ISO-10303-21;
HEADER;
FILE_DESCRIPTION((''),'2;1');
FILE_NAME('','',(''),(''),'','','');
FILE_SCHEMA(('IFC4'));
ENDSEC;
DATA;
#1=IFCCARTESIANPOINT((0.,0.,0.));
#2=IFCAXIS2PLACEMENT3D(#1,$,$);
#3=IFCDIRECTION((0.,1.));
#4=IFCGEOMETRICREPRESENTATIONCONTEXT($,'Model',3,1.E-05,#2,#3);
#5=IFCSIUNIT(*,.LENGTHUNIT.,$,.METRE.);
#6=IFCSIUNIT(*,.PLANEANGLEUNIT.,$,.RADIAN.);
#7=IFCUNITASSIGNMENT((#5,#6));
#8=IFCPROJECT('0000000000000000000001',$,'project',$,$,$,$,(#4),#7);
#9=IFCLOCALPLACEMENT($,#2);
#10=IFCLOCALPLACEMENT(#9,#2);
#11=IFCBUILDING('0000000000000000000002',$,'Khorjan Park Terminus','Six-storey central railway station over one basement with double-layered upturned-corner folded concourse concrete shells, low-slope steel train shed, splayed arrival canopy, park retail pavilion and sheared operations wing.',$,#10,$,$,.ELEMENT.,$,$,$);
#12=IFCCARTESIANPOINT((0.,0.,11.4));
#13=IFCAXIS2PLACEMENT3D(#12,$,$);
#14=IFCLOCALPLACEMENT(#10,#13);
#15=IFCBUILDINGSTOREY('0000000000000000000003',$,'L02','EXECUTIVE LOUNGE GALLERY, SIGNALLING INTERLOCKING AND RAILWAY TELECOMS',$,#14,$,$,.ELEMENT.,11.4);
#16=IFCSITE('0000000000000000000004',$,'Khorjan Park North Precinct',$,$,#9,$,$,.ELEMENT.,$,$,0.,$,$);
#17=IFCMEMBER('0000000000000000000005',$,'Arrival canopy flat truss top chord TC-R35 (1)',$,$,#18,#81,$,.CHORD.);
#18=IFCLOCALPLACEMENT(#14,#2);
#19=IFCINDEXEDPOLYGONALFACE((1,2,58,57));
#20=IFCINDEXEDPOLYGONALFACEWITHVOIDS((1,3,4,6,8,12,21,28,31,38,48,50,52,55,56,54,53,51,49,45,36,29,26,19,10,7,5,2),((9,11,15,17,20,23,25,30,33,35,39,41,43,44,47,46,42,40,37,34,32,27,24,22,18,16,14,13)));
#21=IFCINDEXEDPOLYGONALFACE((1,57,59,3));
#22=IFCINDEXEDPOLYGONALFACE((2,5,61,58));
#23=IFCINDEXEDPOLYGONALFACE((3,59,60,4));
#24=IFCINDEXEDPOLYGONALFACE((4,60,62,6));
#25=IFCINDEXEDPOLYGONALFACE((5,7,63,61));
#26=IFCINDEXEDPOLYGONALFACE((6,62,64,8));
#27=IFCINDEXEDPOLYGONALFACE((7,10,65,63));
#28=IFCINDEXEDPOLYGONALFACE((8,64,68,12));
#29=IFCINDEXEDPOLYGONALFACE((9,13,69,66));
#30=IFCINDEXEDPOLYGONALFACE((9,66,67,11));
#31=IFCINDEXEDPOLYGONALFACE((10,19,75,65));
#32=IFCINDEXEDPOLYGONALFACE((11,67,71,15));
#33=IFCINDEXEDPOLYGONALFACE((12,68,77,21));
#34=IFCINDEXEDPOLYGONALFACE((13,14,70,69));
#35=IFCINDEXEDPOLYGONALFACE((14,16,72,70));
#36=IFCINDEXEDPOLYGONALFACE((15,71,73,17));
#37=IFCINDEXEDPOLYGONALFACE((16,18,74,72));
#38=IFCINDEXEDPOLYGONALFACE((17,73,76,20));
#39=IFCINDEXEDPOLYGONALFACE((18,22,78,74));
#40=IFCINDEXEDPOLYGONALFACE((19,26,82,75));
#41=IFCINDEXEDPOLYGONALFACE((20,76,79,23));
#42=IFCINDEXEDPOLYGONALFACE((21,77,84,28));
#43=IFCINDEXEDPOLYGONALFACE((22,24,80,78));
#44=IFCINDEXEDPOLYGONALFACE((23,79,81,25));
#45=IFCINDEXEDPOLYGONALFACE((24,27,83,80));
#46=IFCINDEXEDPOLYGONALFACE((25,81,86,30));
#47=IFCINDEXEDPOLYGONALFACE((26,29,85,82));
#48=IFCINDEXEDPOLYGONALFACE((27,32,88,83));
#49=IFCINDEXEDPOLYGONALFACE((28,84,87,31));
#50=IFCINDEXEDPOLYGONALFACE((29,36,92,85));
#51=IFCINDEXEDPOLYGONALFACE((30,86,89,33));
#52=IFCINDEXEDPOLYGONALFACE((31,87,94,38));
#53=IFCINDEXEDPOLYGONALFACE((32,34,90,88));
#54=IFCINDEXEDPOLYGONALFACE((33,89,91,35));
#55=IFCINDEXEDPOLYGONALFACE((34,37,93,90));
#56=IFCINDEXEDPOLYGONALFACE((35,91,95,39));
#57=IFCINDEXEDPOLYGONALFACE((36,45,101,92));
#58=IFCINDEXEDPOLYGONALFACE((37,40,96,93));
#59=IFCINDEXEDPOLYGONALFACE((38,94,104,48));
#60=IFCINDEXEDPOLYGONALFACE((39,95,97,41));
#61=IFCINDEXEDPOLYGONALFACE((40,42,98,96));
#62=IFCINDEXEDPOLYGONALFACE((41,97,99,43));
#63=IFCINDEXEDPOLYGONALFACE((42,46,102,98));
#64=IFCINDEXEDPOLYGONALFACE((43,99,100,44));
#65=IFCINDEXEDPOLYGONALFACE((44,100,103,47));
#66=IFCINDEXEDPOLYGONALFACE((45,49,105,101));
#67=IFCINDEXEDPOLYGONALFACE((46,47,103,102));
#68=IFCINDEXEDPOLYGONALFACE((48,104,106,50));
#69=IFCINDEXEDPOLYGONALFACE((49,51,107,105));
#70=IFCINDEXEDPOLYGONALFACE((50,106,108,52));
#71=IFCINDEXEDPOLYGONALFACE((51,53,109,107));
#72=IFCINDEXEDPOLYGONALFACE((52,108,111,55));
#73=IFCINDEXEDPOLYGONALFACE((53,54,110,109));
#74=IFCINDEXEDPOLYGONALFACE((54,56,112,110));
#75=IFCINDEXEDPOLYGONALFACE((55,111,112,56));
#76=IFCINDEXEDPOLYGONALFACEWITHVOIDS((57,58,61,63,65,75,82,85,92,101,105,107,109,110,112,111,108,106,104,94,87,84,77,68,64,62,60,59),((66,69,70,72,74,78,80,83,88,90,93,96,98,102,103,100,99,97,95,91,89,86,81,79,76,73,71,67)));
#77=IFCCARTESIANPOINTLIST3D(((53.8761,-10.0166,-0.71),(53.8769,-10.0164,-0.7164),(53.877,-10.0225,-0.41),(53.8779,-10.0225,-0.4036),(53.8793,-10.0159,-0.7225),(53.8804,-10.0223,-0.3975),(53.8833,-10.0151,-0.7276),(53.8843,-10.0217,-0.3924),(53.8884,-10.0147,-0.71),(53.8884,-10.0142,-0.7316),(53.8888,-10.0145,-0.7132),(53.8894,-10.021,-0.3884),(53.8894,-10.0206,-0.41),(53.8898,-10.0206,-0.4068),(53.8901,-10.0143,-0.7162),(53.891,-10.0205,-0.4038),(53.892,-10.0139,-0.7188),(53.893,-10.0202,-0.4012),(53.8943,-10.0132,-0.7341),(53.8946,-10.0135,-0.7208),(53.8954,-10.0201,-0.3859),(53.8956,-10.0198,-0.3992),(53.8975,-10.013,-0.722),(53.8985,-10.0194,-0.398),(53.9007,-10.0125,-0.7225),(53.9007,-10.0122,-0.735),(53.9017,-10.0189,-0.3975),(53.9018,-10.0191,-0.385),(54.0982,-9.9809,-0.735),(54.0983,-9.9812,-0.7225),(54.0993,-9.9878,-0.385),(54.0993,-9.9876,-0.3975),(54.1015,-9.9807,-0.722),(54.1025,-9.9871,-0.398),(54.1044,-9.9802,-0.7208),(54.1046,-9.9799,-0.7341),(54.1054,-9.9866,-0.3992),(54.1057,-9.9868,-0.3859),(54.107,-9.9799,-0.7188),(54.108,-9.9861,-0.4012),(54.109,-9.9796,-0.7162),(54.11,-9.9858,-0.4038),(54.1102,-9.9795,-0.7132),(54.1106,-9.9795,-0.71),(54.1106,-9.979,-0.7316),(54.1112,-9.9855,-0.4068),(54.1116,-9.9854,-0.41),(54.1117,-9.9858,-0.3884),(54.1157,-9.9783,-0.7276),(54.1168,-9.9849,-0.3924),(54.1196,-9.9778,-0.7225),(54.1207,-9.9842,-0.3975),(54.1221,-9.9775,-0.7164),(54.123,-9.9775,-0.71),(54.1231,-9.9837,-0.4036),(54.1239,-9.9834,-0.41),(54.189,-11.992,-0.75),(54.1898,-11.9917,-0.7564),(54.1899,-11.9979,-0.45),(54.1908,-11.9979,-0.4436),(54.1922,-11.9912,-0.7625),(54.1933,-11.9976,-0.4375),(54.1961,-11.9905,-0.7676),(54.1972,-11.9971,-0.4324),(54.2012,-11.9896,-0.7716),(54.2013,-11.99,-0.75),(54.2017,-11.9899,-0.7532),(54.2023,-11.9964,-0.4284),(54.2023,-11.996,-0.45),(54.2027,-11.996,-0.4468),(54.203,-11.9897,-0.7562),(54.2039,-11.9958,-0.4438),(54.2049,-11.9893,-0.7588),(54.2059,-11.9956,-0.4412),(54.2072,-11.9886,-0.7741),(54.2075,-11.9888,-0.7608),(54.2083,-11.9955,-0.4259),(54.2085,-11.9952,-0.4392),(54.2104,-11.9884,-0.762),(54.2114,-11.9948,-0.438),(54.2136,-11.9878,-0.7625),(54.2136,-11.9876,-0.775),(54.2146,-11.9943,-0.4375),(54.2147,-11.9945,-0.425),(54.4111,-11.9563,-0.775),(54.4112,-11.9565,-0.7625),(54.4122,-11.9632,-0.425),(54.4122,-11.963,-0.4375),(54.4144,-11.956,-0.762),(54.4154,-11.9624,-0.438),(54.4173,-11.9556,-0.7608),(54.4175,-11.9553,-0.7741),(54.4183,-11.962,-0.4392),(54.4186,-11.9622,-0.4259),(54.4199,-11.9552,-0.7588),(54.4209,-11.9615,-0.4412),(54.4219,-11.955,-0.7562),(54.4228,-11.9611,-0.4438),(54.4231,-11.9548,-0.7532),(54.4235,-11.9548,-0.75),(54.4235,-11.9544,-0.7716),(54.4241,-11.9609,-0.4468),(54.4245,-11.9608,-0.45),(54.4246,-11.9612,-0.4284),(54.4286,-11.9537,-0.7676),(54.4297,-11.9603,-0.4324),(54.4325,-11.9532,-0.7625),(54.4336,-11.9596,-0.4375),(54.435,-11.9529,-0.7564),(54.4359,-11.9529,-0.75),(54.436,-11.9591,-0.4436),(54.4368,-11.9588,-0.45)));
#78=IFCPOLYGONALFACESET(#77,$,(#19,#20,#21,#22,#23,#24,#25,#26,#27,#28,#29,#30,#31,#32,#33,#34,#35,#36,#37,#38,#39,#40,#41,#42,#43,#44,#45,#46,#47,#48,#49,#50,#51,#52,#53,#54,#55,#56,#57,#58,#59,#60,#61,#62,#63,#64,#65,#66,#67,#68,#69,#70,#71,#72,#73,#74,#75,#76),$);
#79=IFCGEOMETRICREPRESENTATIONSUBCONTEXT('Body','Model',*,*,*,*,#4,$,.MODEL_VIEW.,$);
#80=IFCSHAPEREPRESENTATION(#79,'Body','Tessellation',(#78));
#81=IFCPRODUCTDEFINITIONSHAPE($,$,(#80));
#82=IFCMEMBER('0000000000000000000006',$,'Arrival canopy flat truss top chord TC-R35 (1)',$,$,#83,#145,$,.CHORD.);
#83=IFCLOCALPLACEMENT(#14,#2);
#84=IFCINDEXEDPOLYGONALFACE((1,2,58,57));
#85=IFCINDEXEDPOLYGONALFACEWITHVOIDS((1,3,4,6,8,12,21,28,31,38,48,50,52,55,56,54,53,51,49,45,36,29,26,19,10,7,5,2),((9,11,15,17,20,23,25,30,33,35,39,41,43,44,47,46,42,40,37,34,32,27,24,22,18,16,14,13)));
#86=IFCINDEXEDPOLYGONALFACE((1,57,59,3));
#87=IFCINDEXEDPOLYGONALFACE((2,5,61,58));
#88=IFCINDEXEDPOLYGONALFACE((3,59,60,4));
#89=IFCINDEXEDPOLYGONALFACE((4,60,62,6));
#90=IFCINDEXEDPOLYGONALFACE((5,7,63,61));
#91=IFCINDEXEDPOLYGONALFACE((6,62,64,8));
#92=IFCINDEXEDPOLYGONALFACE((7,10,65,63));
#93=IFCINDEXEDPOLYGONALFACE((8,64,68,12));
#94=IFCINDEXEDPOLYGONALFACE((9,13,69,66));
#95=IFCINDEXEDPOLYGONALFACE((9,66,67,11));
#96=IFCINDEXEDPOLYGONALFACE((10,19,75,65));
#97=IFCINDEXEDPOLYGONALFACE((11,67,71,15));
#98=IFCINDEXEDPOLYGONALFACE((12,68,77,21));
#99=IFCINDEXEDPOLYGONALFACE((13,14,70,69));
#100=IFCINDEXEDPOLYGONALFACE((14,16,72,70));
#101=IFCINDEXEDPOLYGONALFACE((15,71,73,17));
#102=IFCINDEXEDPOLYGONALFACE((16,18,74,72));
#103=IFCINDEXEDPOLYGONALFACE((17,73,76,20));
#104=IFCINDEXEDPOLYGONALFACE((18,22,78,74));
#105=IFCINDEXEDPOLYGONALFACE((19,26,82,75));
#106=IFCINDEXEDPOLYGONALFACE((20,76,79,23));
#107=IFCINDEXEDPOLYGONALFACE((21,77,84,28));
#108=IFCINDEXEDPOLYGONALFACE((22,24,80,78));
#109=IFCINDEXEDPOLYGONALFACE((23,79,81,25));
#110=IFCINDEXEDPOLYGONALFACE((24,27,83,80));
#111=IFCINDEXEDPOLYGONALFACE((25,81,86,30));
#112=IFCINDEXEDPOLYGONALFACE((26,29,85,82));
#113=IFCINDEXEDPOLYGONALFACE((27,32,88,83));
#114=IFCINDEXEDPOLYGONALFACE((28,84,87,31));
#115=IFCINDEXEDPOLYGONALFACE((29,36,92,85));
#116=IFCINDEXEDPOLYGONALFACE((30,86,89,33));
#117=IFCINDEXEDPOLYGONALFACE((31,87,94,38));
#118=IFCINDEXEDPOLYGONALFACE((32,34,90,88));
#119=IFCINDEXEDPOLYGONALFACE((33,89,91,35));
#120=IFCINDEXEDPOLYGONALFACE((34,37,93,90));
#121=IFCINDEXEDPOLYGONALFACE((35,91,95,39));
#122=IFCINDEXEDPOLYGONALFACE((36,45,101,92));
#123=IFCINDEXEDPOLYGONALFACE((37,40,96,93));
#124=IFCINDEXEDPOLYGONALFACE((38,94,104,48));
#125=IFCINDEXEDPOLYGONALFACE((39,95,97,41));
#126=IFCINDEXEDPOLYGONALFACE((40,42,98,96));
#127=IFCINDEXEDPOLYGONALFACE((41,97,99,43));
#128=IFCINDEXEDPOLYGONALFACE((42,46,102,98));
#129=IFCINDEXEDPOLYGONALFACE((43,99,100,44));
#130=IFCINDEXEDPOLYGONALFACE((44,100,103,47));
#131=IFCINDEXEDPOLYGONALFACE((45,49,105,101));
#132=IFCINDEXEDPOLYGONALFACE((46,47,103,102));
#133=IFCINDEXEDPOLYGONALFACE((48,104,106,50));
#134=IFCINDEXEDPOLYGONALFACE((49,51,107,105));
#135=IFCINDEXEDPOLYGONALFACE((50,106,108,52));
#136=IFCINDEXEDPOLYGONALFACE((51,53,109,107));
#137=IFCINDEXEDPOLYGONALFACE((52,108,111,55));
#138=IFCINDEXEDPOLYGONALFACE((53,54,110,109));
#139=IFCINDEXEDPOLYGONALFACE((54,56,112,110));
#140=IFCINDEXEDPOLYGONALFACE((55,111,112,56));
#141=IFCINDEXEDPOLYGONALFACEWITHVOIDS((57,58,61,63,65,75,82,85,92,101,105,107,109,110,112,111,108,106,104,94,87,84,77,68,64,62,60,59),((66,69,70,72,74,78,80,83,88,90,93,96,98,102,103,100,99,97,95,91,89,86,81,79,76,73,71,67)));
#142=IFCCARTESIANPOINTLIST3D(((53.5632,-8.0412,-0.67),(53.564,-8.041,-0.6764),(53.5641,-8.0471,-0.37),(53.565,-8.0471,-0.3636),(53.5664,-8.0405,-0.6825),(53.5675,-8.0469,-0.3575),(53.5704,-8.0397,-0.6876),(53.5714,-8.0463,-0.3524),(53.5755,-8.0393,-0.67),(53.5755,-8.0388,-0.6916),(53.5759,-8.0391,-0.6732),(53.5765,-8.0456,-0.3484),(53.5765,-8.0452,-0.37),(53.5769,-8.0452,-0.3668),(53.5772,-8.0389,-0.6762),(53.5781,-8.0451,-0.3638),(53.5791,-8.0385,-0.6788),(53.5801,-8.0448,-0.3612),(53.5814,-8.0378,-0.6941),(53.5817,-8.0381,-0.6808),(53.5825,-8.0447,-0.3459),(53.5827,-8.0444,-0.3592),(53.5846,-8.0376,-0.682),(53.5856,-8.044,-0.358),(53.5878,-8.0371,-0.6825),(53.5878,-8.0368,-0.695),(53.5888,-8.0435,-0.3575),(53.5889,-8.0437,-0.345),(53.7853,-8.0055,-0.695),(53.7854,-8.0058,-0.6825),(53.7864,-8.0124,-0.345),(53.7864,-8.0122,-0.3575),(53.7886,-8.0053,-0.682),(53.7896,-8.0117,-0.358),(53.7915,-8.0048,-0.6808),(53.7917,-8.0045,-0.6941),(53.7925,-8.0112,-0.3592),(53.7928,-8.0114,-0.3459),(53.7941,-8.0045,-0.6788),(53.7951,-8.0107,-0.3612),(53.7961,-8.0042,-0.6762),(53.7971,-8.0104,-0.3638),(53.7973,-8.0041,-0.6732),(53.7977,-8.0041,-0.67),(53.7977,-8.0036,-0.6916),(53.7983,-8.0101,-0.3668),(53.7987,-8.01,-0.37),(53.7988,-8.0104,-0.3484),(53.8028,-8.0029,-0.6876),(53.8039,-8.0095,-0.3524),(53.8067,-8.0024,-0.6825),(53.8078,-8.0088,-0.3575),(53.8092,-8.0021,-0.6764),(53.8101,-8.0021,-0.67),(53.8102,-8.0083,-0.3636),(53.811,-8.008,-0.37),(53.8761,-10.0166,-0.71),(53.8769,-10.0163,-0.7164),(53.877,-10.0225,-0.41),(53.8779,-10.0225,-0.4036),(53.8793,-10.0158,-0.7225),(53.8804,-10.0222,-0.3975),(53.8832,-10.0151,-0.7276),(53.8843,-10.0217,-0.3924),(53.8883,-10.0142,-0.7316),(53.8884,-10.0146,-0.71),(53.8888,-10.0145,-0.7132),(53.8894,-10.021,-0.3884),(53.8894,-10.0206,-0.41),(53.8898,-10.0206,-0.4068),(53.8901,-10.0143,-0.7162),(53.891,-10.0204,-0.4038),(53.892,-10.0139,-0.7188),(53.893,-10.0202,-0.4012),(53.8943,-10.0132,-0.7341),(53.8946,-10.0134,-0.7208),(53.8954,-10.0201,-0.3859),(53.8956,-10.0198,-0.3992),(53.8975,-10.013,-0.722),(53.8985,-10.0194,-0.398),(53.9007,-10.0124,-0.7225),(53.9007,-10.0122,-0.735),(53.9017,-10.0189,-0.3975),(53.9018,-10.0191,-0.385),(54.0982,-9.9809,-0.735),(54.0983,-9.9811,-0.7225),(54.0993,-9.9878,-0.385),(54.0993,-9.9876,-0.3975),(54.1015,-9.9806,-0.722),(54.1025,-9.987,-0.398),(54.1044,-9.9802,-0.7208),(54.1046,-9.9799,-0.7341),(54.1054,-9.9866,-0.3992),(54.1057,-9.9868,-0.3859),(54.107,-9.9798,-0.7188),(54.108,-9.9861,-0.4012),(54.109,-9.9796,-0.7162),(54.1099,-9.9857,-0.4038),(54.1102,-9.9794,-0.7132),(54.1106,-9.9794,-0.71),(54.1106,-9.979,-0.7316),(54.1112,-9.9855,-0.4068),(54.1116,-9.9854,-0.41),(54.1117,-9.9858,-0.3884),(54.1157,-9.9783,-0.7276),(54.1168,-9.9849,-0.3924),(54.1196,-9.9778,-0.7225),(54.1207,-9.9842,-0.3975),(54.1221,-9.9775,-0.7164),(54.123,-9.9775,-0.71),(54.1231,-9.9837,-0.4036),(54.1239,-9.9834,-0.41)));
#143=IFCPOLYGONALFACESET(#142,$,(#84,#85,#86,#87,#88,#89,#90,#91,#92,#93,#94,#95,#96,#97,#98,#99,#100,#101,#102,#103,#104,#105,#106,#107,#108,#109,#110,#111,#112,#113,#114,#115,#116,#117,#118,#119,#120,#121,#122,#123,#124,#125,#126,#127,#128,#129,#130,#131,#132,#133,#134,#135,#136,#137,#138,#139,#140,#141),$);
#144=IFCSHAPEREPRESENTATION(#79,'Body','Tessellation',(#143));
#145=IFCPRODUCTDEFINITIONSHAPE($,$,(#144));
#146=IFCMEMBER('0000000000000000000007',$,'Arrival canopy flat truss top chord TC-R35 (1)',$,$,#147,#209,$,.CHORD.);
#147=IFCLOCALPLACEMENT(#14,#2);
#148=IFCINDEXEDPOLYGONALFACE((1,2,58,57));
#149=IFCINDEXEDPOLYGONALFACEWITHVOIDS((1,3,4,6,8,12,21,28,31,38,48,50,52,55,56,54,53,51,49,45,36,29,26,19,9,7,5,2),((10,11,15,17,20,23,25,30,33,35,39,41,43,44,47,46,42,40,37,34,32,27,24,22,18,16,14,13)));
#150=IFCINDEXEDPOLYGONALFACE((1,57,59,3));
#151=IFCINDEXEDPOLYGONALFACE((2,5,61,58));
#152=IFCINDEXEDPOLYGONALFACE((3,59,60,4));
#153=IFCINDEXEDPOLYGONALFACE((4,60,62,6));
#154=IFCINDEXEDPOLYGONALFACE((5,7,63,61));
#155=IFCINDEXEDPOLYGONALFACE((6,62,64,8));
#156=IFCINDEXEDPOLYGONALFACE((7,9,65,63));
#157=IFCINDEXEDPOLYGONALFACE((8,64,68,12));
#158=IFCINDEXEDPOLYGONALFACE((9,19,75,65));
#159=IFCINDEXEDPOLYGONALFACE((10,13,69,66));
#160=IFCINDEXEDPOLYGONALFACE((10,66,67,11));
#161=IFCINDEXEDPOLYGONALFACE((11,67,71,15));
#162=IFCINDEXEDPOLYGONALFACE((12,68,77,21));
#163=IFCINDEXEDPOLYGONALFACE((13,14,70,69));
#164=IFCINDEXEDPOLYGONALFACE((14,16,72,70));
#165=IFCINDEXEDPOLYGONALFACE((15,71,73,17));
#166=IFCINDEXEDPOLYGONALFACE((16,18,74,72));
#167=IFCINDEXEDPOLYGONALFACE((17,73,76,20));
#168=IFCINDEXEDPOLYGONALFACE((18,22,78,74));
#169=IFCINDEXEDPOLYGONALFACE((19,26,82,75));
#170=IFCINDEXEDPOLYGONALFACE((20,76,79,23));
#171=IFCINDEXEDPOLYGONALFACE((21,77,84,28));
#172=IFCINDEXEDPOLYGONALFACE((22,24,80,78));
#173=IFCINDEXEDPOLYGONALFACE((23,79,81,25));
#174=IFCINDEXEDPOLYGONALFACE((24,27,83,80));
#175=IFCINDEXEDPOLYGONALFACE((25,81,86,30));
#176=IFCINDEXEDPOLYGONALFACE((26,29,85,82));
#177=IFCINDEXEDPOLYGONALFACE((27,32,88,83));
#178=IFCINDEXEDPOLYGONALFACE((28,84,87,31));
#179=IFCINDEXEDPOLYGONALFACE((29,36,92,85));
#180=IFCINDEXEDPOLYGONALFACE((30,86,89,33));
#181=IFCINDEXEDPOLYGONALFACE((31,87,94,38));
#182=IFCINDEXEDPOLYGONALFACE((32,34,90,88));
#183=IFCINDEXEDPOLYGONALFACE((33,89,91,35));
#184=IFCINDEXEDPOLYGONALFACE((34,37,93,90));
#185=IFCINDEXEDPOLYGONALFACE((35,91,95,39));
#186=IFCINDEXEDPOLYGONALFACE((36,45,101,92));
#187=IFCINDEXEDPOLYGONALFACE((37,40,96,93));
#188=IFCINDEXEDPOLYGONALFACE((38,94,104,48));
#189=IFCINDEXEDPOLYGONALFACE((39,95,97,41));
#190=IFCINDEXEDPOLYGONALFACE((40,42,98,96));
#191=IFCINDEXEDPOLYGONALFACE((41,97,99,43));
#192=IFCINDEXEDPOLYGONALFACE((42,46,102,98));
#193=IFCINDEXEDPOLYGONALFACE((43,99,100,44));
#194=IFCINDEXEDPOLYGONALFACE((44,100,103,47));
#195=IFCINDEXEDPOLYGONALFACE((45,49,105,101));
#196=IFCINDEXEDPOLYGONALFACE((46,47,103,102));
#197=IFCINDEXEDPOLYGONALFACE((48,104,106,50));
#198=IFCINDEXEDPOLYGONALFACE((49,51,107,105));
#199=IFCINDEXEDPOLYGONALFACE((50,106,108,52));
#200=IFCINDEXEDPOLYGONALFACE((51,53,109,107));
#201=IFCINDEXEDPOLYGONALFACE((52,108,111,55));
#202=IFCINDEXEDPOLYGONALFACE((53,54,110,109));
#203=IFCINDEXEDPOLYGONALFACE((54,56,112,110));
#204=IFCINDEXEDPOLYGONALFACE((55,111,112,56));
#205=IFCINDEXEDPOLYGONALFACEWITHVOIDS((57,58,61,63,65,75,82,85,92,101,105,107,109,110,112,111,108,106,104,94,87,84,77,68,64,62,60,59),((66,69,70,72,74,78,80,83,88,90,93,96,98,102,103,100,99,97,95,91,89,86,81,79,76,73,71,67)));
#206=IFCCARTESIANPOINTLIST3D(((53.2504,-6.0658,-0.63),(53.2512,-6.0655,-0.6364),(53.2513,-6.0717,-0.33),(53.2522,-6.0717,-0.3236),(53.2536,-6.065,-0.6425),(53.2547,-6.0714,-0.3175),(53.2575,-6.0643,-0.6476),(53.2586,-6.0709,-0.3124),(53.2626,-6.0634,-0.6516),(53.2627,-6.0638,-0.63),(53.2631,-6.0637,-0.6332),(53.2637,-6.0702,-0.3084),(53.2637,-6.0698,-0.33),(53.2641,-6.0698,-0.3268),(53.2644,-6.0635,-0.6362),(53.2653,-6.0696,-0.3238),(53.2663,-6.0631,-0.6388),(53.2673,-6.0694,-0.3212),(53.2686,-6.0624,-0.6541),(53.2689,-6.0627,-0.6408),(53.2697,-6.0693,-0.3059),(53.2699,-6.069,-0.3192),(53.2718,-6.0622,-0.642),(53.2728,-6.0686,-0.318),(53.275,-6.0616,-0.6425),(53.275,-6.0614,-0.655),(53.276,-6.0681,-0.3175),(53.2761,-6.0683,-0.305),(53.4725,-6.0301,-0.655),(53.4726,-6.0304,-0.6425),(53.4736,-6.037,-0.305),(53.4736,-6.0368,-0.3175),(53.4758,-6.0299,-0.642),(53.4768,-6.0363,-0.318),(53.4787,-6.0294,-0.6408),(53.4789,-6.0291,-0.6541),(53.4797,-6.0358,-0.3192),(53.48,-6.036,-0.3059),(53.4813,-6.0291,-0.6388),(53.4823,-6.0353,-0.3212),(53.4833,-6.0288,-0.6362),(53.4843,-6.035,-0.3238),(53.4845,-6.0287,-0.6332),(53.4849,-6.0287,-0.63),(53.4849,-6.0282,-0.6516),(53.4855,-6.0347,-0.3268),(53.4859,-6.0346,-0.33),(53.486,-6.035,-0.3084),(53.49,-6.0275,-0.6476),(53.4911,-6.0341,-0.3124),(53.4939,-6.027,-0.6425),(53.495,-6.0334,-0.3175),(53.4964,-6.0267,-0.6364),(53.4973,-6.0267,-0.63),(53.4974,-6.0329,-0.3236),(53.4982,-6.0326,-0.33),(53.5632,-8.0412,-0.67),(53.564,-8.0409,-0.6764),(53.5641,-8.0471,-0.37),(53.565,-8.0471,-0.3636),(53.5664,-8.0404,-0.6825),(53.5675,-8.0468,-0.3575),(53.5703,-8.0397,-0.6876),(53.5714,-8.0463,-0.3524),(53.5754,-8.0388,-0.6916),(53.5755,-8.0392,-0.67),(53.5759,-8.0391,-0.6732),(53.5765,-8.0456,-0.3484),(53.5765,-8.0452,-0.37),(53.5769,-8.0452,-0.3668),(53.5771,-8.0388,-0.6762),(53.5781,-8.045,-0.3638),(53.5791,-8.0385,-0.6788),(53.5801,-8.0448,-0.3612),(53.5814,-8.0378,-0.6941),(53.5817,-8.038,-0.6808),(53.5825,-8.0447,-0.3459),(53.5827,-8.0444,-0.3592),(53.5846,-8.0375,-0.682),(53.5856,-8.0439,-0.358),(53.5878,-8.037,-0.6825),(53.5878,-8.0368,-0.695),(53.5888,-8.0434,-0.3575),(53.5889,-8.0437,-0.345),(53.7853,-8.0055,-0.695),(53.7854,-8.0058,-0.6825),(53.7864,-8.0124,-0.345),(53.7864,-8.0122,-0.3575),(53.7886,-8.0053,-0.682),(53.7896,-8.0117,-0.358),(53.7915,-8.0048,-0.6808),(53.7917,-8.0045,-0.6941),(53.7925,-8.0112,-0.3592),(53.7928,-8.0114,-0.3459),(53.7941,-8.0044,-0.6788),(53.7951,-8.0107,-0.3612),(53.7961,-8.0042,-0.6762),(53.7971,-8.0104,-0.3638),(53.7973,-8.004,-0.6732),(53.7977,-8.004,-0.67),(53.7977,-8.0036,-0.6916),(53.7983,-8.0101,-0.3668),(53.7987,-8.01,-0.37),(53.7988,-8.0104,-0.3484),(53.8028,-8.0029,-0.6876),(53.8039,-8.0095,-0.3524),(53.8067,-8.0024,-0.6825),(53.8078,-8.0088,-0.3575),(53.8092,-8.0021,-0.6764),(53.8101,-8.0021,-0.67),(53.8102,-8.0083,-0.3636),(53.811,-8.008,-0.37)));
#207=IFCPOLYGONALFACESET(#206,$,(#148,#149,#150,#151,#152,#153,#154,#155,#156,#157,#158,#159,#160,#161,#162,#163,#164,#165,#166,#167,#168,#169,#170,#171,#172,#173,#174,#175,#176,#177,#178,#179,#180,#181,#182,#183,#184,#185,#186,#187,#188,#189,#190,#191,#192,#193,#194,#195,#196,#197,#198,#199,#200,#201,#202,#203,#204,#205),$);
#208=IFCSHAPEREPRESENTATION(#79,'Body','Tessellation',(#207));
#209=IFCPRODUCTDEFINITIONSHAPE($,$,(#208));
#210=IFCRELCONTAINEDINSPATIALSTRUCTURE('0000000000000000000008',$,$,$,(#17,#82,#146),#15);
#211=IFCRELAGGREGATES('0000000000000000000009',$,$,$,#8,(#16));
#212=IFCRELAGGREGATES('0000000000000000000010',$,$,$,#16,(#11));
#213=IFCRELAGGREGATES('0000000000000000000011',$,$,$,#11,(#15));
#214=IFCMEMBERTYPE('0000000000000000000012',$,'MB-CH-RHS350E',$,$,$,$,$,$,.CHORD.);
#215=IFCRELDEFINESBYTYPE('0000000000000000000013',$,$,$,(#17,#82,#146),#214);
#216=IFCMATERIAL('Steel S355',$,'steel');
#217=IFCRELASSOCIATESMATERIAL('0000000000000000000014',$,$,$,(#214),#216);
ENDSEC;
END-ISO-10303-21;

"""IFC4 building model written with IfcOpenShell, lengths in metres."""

from ifc_helpers import new_model, si_unit, direction, frame, origin, origin_2d, place, context, subcontext, project, spatial, hollow_rectangle, extrude, material, material_profile, profile_set, type_object, element, save


model = new_model("IFC4")

# Units and contexts
model_context = context("Model", 3, precision=1e-05, world=origin(), true_north=direction((0.0, 1.0)))
body_context = subcontext(model_context, "Body", "Model", "MODEL_VIEW")
ifc_project = project(units=[si_unit("LENGTHUNIT", "METRE"), si_unit("PLANEANGLEUNIT", "RADIAN")], contexts=[model_context])

# Site, building, storey
site_placement = place(None, origin())
site = spatial("IfcSite", under=ifc_project, at=site_placement, Name="Khorjan Park North Precinct", CompositionType="ELEMENT", RefElevation=0.0)
building_placement = place(site_placement, origin())
building = spatial("IfcBuilding", under=site, at=building_placement, Name="Khorjan Park Terminus", Description="Six-storey central railway station over one basement with double-layered upturned-corner folded concourse concrete shells, low-slope steel train shed, splayed arrival canopy, park retail pavilion and sheared operations wing.", CompositionType="ELEMENT")
storey_placement = place(building_placement, frame((0.0, 0.0, 11.4)))
storey = spatial("IfcBuildingStorey", under=building, at=storey_placement, Name="L02", Description="EXECUTIVE LOUNGE GALLERY, SIGNALLING INTERLOCKING AND RAILWAY TELECOMS", CompositionType="ELEMENT", Elevation=11.4)

# Members
ifc_material_1 = material(Name="Steel S355", Category="steel")
ifc_material_profile_1 = material_profile(ifc_material_1, hollow_rectangle(XDim=0.25, YDim=0.35, WallThickness=0.0125, InnerFilletRadius=0.0125, OuterFilletRadius=0.025, at=origin_2d()), Name="RHS 350x250x12.5")
ifc_profile_set_1 = profile_set([ifc_material_profile_1], Name="Steel S355")
member_type_1 = type_object("IfcMemberType", Name="MB-CH-RHS350E", PredefinedType="CHORD", material=ifc_profile_set_1)
for number, where, z_axis, x_axis, name in (
    (1, (54.3129, -11.9754, -0.6), (-0.156417, 0.987489, 0.019996), (-0.987686, -0.156448, 0.0), "Arrival canopy flat truss top chord TC-R35 (1)"),
    (2, (54.0, -10.0, -0.56), (-0.156417, 0.987489, 0.019996), (-0.987686, -0.156448, 0.0), "Arrival canopy flat truss top chord TC-R35 (1)"),
    (3, (53.6871, -8.0246, -0.52), (-0.156368, 0.987496, 0.019996), (-0.987694, -0.156399, 0.0), "Arrival canopy flat truss top chord TC-R35 (1)"),
):
    element("IfcMember", number, at=place(storey_placement, frame(where, z_axis=z_axis, x_axis=x_axis)), inside=storey, type_object=member_type_1, Name=name, PredefinedType="CHORD", context=body_context, shape_type="SweptSolid", body=[
        extrude(hollow_rectangle(XDim=0.25, YDim=0.35, WallThickness=0.0125, InnerFilletRadius=0.0125, OuterFilletRadius=0.025, at=origin_2d()), origin(), (0.0, 0.0, 1.0), 2.0004),
    ])

save(model, "model.ifc")
